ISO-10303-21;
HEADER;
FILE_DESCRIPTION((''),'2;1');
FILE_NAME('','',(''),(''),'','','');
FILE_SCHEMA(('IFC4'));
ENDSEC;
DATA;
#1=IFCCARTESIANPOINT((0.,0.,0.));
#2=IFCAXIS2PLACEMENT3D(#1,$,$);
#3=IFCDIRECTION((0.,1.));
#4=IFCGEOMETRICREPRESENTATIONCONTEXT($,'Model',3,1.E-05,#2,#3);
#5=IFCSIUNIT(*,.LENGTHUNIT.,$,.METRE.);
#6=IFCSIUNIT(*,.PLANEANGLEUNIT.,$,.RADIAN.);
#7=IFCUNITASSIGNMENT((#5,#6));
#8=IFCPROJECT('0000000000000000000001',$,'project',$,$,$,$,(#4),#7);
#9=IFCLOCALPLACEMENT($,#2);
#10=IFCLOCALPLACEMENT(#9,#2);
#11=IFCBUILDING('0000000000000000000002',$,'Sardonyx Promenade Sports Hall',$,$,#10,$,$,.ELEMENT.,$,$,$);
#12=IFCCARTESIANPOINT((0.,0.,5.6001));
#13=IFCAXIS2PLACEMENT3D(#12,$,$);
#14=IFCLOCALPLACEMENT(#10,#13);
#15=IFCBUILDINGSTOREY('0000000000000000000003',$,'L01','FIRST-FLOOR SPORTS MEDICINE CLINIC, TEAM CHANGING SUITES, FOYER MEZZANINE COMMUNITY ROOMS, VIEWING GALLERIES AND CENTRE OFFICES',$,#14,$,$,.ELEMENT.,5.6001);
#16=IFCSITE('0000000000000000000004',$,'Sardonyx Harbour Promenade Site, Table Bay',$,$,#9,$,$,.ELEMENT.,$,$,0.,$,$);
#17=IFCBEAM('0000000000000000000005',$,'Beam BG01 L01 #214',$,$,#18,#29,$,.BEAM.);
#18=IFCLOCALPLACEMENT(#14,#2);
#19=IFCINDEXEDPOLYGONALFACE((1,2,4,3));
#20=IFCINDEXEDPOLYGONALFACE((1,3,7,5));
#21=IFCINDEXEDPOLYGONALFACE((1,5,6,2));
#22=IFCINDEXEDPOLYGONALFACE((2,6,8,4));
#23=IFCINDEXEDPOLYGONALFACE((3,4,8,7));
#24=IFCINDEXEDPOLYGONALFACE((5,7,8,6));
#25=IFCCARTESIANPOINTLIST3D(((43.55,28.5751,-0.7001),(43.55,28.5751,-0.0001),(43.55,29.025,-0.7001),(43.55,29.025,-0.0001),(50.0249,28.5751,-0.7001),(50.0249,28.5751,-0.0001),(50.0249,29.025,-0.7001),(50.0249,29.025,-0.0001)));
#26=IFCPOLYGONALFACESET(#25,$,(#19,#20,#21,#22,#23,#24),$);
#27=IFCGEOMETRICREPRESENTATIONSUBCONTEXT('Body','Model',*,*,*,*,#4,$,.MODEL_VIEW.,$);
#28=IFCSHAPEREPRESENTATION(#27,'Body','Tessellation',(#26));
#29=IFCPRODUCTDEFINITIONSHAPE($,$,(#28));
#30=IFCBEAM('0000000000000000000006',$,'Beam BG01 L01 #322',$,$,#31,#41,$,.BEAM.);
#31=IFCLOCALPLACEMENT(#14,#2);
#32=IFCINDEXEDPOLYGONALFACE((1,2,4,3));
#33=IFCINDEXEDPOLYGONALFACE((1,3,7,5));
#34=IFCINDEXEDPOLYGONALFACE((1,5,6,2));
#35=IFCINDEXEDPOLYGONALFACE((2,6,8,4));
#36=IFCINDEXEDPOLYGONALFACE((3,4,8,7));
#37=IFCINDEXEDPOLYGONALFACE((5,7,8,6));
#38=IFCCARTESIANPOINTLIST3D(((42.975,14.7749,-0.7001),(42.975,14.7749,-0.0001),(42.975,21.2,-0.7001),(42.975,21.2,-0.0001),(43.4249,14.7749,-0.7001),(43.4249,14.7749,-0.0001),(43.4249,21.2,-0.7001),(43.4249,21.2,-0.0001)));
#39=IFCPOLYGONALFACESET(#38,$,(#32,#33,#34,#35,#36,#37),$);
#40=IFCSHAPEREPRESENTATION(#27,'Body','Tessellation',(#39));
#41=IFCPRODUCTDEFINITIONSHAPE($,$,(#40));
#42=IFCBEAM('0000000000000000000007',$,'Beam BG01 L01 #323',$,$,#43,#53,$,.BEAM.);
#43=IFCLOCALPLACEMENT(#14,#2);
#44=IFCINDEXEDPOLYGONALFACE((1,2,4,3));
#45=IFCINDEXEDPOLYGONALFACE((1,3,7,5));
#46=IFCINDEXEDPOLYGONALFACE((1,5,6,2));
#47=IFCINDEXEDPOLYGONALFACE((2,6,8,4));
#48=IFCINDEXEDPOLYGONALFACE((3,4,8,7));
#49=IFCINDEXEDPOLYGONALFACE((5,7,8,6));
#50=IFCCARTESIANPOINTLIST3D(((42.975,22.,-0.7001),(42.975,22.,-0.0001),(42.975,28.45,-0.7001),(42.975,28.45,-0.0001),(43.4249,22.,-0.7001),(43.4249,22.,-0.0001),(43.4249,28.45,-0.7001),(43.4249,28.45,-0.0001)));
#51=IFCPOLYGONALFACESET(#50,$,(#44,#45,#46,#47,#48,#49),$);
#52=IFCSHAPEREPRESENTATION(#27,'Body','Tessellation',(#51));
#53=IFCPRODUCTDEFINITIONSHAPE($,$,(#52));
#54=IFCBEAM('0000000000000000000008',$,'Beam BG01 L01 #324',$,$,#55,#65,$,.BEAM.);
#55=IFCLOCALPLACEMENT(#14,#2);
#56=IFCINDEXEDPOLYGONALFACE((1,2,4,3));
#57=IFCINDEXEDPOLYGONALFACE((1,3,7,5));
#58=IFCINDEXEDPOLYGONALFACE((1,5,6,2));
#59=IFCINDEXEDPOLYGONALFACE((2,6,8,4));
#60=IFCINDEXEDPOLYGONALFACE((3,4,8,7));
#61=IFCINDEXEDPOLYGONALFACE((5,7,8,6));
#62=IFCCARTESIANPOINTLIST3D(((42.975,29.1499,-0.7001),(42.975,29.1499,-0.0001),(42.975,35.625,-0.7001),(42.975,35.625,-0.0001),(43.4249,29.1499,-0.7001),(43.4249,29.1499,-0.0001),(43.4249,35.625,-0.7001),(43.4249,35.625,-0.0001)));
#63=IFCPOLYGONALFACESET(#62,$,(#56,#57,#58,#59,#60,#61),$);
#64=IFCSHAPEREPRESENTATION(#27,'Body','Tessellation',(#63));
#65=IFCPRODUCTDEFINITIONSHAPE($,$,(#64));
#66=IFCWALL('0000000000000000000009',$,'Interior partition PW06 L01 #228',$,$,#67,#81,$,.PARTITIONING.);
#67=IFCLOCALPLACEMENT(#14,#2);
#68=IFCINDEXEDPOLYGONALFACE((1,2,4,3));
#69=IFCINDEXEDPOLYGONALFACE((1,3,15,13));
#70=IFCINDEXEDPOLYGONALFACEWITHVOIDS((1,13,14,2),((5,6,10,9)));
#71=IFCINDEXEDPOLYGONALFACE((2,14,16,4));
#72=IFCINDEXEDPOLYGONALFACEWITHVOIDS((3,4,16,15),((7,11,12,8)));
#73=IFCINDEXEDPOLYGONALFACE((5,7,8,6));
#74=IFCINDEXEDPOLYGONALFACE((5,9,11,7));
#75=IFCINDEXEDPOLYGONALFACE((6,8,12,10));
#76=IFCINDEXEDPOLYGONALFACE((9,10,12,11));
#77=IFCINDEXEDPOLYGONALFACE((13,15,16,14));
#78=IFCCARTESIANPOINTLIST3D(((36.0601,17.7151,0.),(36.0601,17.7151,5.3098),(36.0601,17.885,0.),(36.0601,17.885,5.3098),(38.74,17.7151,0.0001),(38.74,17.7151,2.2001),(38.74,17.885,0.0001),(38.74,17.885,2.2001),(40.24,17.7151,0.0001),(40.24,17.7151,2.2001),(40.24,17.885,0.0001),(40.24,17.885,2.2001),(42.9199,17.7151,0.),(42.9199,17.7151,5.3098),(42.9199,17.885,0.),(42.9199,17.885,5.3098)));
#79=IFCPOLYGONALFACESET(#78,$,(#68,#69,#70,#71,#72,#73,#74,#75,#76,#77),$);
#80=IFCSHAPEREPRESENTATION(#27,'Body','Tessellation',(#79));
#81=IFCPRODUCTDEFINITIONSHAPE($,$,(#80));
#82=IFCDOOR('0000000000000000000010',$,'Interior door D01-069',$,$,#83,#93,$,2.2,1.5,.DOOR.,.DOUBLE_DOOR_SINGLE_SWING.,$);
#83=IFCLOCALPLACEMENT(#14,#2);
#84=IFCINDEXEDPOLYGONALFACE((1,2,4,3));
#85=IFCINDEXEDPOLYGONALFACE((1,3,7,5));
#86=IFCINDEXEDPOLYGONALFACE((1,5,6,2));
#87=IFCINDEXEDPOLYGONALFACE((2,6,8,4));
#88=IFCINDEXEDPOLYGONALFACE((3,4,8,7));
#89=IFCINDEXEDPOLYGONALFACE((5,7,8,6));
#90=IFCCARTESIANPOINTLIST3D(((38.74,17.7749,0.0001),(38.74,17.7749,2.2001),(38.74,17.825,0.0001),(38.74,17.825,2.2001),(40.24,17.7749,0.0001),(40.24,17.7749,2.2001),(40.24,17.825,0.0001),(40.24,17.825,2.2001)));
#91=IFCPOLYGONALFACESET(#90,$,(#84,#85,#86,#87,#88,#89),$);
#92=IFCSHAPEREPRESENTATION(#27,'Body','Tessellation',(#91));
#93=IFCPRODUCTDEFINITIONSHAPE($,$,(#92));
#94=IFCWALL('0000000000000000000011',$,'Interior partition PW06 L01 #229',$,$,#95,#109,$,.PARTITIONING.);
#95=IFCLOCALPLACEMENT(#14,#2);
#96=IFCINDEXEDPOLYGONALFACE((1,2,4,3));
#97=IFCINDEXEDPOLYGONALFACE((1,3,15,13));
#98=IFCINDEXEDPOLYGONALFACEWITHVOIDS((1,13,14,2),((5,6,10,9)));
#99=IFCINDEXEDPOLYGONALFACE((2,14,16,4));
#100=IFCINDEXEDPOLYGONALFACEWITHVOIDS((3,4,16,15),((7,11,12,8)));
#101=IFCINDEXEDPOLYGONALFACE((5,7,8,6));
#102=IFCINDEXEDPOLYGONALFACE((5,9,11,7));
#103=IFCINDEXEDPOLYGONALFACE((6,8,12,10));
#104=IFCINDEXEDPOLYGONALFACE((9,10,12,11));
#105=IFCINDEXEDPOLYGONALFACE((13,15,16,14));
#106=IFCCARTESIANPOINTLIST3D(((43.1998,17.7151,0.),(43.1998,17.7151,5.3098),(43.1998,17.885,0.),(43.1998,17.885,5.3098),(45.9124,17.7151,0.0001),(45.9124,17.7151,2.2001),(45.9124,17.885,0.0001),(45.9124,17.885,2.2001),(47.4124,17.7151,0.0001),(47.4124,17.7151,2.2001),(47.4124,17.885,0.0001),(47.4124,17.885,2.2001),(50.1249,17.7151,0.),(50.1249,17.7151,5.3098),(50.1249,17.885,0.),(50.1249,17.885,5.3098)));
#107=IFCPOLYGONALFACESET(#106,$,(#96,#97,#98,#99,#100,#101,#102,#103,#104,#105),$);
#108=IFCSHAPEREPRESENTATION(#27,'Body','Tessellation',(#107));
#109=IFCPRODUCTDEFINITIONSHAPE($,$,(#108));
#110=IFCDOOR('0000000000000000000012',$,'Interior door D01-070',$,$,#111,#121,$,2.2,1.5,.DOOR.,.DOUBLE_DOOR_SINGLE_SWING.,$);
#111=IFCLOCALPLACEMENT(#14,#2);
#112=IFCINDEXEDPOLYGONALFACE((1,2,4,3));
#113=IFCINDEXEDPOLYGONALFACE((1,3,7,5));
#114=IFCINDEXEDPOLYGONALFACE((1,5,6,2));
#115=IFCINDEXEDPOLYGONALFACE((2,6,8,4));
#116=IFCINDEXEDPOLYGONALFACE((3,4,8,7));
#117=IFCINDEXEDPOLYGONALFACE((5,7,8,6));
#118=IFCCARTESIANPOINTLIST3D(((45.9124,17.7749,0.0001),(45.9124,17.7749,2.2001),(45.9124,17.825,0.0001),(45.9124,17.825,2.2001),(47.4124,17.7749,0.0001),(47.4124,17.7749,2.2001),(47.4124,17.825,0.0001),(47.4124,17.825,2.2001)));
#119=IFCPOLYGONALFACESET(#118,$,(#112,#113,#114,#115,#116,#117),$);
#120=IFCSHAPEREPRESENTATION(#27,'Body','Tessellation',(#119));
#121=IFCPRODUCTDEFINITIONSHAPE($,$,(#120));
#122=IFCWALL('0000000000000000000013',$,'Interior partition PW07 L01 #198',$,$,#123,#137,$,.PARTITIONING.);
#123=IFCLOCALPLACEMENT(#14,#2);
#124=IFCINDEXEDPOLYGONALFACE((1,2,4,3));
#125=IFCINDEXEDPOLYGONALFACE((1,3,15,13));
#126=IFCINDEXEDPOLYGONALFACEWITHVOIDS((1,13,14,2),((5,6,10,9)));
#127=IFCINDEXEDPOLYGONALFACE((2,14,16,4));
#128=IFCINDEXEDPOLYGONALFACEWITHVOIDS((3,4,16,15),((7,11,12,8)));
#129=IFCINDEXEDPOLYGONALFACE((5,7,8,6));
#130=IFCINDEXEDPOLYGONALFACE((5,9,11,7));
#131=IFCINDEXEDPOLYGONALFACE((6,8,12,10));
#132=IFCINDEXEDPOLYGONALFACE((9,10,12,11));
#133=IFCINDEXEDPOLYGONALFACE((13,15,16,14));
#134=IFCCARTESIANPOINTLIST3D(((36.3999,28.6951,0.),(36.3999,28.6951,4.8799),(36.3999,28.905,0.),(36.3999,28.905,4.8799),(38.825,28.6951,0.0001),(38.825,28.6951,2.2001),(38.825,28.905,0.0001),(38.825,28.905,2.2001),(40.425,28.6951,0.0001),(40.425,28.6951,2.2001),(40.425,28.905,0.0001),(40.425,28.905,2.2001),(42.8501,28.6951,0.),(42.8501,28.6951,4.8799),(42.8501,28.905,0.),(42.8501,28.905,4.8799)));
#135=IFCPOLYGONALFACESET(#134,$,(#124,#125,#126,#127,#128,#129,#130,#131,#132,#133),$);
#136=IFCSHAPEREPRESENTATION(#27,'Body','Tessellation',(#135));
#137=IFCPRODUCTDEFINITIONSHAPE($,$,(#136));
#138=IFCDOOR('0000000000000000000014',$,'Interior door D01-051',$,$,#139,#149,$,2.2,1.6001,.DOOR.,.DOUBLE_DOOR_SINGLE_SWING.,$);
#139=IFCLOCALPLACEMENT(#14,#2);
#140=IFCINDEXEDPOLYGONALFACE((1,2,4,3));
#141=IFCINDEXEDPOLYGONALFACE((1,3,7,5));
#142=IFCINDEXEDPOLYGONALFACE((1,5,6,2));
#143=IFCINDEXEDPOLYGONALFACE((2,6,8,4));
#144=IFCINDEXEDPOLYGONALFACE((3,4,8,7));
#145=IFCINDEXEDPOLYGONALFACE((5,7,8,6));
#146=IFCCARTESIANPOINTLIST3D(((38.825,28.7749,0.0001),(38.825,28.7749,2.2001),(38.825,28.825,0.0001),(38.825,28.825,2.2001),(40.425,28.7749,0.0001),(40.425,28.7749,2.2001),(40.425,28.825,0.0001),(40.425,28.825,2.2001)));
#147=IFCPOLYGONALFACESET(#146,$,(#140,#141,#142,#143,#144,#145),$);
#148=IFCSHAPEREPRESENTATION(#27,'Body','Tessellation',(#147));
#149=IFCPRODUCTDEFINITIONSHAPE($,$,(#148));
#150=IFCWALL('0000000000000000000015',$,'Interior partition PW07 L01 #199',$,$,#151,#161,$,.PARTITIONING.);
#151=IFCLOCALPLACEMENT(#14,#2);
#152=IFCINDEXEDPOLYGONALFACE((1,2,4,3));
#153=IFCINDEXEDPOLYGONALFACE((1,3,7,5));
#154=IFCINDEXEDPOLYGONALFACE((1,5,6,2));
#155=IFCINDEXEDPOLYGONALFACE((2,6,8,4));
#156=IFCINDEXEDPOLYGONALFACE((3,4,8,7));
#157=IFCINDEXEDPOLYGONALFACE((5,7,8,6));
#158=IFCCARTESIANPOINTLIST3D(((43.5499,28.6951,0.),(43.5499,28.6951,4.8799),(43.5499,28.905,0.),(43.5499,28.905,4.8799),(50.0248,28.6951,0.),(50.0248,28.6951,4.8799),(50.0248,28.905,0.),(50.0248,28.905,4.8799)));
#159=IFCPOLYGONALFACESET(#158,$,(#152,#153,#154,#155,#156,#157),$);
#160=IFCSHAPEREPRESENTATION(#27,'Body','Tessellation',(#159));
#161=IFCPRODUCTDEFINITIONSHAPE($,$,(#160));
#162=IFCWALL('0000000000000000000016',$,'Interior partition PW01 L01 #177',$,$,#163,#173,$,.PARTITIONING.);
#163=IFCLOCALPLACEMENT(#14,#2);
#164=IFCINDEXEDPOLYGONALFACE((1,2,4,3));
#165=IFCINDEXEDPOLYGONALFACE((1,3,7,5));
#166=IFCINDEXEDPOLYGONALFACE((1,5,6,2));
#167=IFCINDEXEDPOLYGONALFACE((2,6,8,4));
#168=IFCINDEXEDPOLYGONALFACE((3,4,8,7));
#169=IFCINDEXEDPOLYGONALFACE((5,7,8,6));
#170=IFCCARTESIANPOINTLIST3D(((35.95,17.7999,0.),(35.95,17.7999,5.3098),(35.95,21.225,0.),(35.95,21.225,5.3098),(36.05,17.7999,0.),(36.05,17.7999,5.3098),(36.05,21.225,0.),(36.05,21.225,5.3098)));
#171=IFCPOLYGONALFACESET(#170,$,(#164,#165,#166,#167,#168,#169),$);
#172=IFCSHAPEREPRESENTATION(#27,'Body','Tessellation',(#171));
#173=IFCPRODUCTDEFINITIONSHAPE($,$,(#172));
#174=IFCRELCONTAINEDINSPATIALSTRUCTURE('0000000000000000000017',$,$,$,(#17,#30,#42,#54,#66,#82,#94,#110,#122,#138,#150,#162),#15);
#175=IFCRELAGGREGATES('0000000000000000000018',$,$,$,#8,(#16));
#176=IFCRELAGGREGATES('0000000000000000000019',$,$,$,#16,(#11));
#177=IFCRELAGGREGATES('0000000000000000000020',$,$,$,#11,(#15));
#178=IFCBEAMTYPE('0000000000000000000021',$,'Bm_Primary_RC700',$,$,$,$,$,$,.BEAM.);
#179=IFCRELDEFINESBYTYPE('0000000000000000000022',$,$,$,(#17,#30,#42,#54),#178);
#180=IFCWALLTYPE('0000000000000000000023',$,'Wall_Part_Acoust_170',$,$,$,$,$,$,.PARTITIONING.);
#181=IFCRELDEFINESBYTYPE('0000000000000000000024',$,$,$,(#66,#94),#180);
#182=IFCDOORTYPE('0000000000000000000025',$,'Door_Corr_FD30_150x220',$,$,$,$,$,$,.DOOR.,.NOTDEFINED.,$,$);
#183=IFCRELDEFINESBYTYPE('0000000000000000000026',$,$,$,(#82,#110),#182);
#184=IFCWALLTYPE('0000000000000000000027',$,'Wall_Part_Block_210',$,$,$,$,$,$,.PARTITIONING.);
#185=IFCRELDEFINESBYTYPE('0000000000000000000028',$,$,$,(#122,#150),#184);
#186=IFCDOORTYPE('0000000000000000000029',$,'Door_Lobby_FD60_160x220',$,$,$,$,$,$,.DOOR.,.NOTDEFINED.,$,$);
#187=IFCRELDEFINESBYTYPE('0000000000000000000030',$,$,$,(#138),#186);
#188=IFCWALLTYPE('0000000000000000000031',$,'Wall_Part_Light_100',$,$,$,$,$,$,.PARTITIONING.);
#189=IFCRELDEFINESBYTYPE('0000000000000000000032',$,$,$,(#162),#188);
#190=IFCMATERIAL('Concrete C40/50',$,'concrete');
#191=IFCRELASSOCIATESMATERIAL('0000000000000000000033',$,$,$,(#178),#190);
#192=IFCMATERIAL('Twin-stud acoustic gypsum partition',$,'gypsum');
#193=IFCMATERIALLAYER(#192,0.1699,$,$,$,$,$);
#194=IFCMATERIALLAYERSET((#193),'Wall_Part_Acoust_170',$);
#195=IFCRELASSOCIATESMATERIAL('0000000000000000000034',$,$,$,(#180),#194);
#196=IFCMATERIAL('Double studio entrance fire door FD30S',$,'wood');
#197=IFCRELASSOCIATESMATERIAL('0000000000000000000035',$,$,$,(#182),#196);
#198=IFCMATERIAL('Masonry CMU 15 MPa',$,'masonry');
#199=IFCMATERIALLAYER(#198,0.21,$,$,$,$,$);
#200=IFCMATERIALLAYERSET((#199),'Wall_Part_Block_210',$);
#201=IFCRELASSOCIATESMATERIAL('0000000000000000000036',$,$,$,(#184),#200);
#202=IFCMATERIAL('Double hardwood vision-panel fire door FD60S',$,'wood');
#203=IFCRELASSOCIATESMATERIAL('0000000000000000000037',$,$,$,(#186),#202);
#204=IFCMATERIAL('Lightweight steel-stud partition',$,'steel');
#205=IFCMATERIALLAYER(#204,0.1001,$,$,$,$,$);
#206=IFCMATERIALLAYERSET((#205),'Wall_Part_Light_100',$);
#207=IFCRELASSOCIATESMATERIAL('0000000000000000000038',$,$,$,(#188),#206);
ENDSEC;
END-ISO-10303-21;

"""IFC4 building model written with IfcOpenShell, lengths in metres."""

from ifc_helpers import new_model, si_unit, direction, frame, frame_2d, origin, origin_2d, place, context, subcontext, project, spatial, rectangle, extrude, material, layer, layer_set, material_profile, profile_set, type_object, element, fill, save


model = new_model("IFC4")

# Units and contexts
model_context = context("Model", 3, precision=1e-05, world=origin(), true_north=direction((0.0, 1.0)))
body_context = subcontext(model_context, "Body", "Model", "MODEL_VIEW")
ifc_project = project(units=[si_unit("LENGTHUNIT", "METRE"), si_unit("PLANEANGLEUNIT", "RADIAN")], contexts=[model_context])

# Site, building, storey
site_placement = place(None, origin())
site = spatial("IfcSite", under=ifc_project, at=site_placement, Name="Sardonyx Harbour Promenade Site, Table Bay", CompositionType="ELEMENT", RefElevation=0.0)
building_placement = place(site_placement, origin())
building = spatial("IfcBuilding", under=site, at=building_placement, Name="Sardonyx Promenade Sports Hall", CompositionType="ELEMENT")
storey_placement = place(building_placement, frame((0.0, 0.0, 5.6001)))
storey = spatial("IfcBuildingStorey", under=building, at=storey_placement, Name="L01", Description="FIRST-FLOOR SPORTS MEDICINE CLINIC, TEAM CHANGING SUITES, FOYER MEZZANINE COMMUNITY ROOMS, VIEWING GALLERIES AND CENTRE OFFICES", CompositionType="ELEMENT", Elevation=5.6001)

# Beams
ifc_material_1 = material(Name="Concrete C40/50", Category="concrete")
ifc_material_profile_1 = material_profile(ifc_material_1, rectangle(XDim=0.45, YDim=0.7, at=origin_2d()))
ifc_profile_set_1 = profile_set([ifc_material_profile_1], Name="Concrete C40/50")
beam_type_1 = type_object("IfcBeamType", Name="Bm_Primary_RC700", PredefinedType="BEAM", material=ifc_profile_set_1)
beam_1_placement = place(storey_placement, frame((43.55, 28.8, -0.3501), z_axis=(1.0, 0.0, 0.0), x_axis=(0.0, 1.0, 0.0)))
element("IfcBeam", 1, at=beam_1_placement, inside=storey, type_object=beam_type_1, Name="Beam BG01 L01 #214", PredefinedType="BEAM", context=body_context, shape_type="SweptSolid", body=[
    extrude(rectangle(XDim=0.45, YDim=0.7, at=origin_2d()), origin(), (0.0, 0.0, 1.0), 6.4749),
])
beam_2_placement = place(storey_placement, frame((43.2, 14.7749, -0.3501), z_axis=(0.0, 1.0, 0.0), x_axis=(-1.0, 0.0, 0.0)))
element("IfcBeam", 2, at=beam_2_placement, inside=storey, type_object=beam_type_1, Name="Beam BG01 L01 #322", PredefinedType="BEAM", context=body_context, shape_type="SweptSolid", body=[
    extrude(rectangle(XDim=0.45, YDim=0.7, at=origin_2d()), origin(), (0.0, 0.0, 1.0), 6.425),
])
beam_3_placement = place(storey_placement, frame((43.2, 22.0, -0.3501), z_axis=(0.0, 1.0, 0.0), x_axis=(-1.0, 0.0, 0.0)))
element("IfcBeam", 3, at=beam_3_placement, inside=storey, type_object=beam_type_1, Name="Beam BG01 L01 #323", PredefinedType="BEAM", context=body_context, shape_type="SweptSolid", body=[
    extrude(rectangle(XDim=0.45, YDim=0.7, at=origin_2d()), origin(), (0.0, 0.0, 1.0), 6.45),
])
beam_4_placement = place(storey_placement, frame((43.2, 29.1499, -0.3501), z_axis=(0.0, 1.0, 0.0), x_axis=(-1.0, 0.0, 0.0)))
element("IfcBeam", 4, at=beam_4_placement, inside=storey, type_object=beam_type_1, Name="Beam BG01 L01 #324", PredefinedType="BEAM", context=body_context, shape_type="SweptSolid", body=[
    extrude(rectangle(XDim=0.45, YDim=0.7, at=origin_2d()), origin(), (0.0, 0.0, 1.0), 6.4751),
])

# Walls, openings, doors
ifc_material_2 = material(Name="Twin-stud acoustic gypsum partition", Category="gypsum")
ifc_layer_1 = layer(ifc_material_2, 0.1699)
ifc_layer_set_1 = layer_set([ifc_layer_1], Name="Wall_Part_Acoust_170")
wall_type_1 = type_object("IfcWallType", Name="Wall_Part_Acoust_170", PredefinedType="PARTITIONING", material=ifc_layer_set_1)
wall_1_placement = place(storey_placement, frame((36.0601, 17.8, 0.0), z_axis=(0.0, 0.0, 1.0), x_axis=(1.0, 0.0, 0.0)))
wall_1 = element("IfcWall", 5, at=wall_1_placement, inside=storey, type_object=wall_type_1, Name="Interior partition PW06 L01 #228", PredefinedType="PARTITIONING", context=body_context, shape_type="SweptSolid", body=[
    extrude(rectangle(XDim=6.8599, YDim=0.1699, at=frame_2d((3.4299, 0.0))), origin(), (0.0, 0.0, 1.0), 5.3098),
])
opening_1_placement = place(wall_1_placement, frame((2.6799, 0.0, 0.0)))
opening_1 = element("IfcOpeningElement", 6, at=opening_1_placement, cuts=wall_1, PredefinedType="OPENING", context=body_context, shape_type="SweptSolid", body=[
    extrude(rectangle(XDim=1.5, YDim=2.2, at=frame_2d((0.75, 1.1001))), frame((0.0, 0.095, 0.0), z_axis=(0.0, -1.0, 0.0), x_axis=(1.0, 0.0, 0.0)), (0.0, 0.0, 1.0), 0.19),
])
ifc_material_3 = material(Name="Double studio entrance fire door FD30S", Category="wood")
door_type_1 = type_object("IfcDoorType", Name="Door_Corr_FD30_150x220", OperationType="NOTDEFINED", PredefinedType="DOOR", material=ifc_material_3)
door_1_placement = place(opening_1_placement, origin())
door_1 = element("IfcDoor", 7, at=door_1_placement, inside=storey, type_object=door_type_1, Name="Interior door D01-069", OperationType="DOUBLE_DOOR_SINGLE_SWING", OverallHeight=2.2, OverallWidth=1.5, PredefinedType="DOOR", context=body_context, shape_type="SweptSolid", body=[
    extrude(rectangle(XDim=1.5, YDim=2.2, at=frame_2d((0.75, 1.1001))), frame((0.0, 0.0249, 0.0), z_axis=(0.0, -1.0, 0.0), x_axis=(1.0, 0.0, 0.0)), (0.0, 0.0, 1.0), 0.05),
])
fill(opening_1, door_1)
wall_2_placement = place(storey_placement, frame((43.2, 17.8, 0.0), z_axis=(0.0, 0.0, 1.0), x_axis=(1.0, 0.0, 0.0)))
wall_2 = element("IfcWall", 8, at=wall_2_placement, inside=storey, type_object=wall_type_1, Name="Interior partition PW06 L01 #229", PredefinedType="PARTITIONING", context=body_context, shape_type="SweptSolid", body=[
    extrude(rectangle(XDim=6.925, YDim=0.1699, at=frame_2d((3.4624, 0.0))), origin(), (0.0, 0.0, 1.0), 5.3098),
])
opening_2_placement = place(wall_2_placement, frame((2.7124, 0.0, 0.0)))
opening_2 = element("IfcOpeningElement", 9, at=opening_2_placement, cuts=wall_2, PredefinedType="OPENING", context=body_context, shape_type="SweptSolid", body=[
    extrude(rectangle(XDim=1.5, YDim=2.2, at=frame_2d((0.75, 1.1001))), frame((0.0, 0.095, 0.0), z_axis=(0.0, -1.0, 0.0), x_axis=(1.0, 0.0, 0.0)), (0.0, 0.0, 1.0), 0.19),
])
door_2_placement = place(opening_2_placement, origin())
door_2 = element("IfcDoor", 10, at=door_2_placement, inside=storey, type_object=door_type_1, Name="Interior door D01-070", OperationType="DOUBLE_DOOR_SINGLE_SWING", OverallHeight=2.2, OverallWidth=1.5, PredefinedType="DOOR", context=body_context, shape_type="SweptSolid", body=[
    extrude(rectangle(XDim=1.5, YDim=2.2, at=frame_2d((0.75, 1.1001))), frame((0.0, 0.0249, 0.0), z_axis=(0.0, -1.0, 0.0), x_axis=(1.0, 0.0, 0.0)), (0.0, 0.0, 1.0), 0.05),
])
fill(opening_2, door_2)
ifc_material_4 = material(Name="Masonry CMU 15 MPa", Category="masonry")
ifc_layer_2 = layer(ifc_material_4, 0.21)
ifc_layer_set_2 = layer_set([ifc_layer_2], Name="Wall_Part_Block_210")
wall_type_2 = type_object("IfcWallType", Name="Wall_Part_Block_210", PredefinedType="PARTITIONING", material=ifc_layer_set_2)
wall_3_placement = place(storey_placement, frame((36.3999, 28.8, 0.0), z_axis=(0.0, 0.0, 1.0), x_axis=(1.0, 0.0, 0.0)))
wall_3 = element("IfcWall", 11, at=wall_3_placement, inside=storey, type_object=wall_type_2, Name="Interior partition PW07 L01 #198", PredefinedType="PARTITIONING", context=body_context, shape_type="SweptSolid", body=[
    extrude(rectangle(XDim=6.4502, YDim=0.21, at=frame_2d((3.2251, 0.0))), origin(), (0.0, 0.0, 1.0), 4.8799),
])
opening_3_placement = place(wall_3_placement, frame((2.425, 0.0, 0.0)))
opening_3 = element("IfcOpeningElement", 12, at=opening_3_placement, cuts=wall_3, PredefinedType="OPENING", context=body_context, shape_type="SweptSolid", body=[
    extrude(rectangle(XDim=1.6001, YDim=2.2, at=frame_2d((0.8, 1.1001))), frame((0.0, 0.115, 0.0), z_axis=(0.0, -1.0, 0.0), x_axis=(1.0, 0.0, 0.0)), (0.0, 0.0, 1.0), 0.23),
])
ifc_material_5 = material(Name="Double hardwood vision-panel fire door FD60S", Category="wood")
door_type_2 = type_object("IfcDoorType", Name="Door_Lobby_FD60_160x220", OperationType="NOTDEFINED", PredefinedType="DOOR", material=ifc_material_5)
door_3_placement = place(opening_3_placement, origin())
door_3 = element("IfcDoor", 13, at=door_3_placement, inside=storey, type_object=door_type_2, Name="Interior door D01-051", OperationType="DOUBLE_DOOR_SINGLE_SWING", OverallHeight=2.2, OverallWidth=1.6001, PredefinedType="DOOR", context=body_context, shape_type="SweptSolid", body=[
    extrude(rectangle(XDim=1.6001, YDim=2.2, at=frame_2d((0.8, 1.1001))), frame((0.0, 0.0249, 0.0), z_axis=(0.0, -1.0, 0.0), x_axis=(1.0, 0.0, 0.0)), (0.0, 0.0, 1.0), 0.05),
])
fill(opening_3, door_3)

# Walls
wall_4_placement = place(storey_placement, frame((43.55, 28.8, 0.0), z_axis=(0.0, 0.0, 1.0), x_axis=(1.0, 0.0, 0.0)))
element("IfcWall", 14, at=wall_4_placement, inside=storey, type_object=wall_type_2, Name="Interior partition PW07 L01 #199", PredefinedType="PARTITIONING", context=body_context, shape_type="SweptSolid", body=[
    extrude(rectangle(XDim=6.4749, YDim=0.21, at=frame_2d((3.2373, 0.0))), origin(), (0.0, 0.0, 1.0), 4.8799),
])
ifc_material_6 = material(Name="Lightweight steel-stud partition", Category="steel")
ifc_layer_3 = layer(ifc_material_6, 0.1001)
ifc_layer_set_3 = layer_set([ifc_layer_3], Name="Wall_Part_Light_100")
wall_type_3 = type_object("IfcWallType", Name="Wall_Part_Light_100", PredefinedType="PARTITIONING", material=ifc_layer_set_3)
wall_5_placement = place(storey_placement, frame((36.0, 17.8, 0.0), z_axis=(0.0, 0.0, 1.0), x_axis=(0.0, 1.0, 0.0)))
element("IfcWall", 15, at=wall_5_placement, inside=storey, type_object=wall_type_3, Name="Interior partition PW01 L01 #177", PredefinedType="PARTITIONING", context=body_context, shape_type="SweptSolid", body=[
    extrude(rectangle(XDim=3.425, YDim=0.1001, at=frame_2d((1.7124, 0.0))), origin(), (0.0, 0.0, 1.0), 5.3098),
])

save(model, "model.ifc")
